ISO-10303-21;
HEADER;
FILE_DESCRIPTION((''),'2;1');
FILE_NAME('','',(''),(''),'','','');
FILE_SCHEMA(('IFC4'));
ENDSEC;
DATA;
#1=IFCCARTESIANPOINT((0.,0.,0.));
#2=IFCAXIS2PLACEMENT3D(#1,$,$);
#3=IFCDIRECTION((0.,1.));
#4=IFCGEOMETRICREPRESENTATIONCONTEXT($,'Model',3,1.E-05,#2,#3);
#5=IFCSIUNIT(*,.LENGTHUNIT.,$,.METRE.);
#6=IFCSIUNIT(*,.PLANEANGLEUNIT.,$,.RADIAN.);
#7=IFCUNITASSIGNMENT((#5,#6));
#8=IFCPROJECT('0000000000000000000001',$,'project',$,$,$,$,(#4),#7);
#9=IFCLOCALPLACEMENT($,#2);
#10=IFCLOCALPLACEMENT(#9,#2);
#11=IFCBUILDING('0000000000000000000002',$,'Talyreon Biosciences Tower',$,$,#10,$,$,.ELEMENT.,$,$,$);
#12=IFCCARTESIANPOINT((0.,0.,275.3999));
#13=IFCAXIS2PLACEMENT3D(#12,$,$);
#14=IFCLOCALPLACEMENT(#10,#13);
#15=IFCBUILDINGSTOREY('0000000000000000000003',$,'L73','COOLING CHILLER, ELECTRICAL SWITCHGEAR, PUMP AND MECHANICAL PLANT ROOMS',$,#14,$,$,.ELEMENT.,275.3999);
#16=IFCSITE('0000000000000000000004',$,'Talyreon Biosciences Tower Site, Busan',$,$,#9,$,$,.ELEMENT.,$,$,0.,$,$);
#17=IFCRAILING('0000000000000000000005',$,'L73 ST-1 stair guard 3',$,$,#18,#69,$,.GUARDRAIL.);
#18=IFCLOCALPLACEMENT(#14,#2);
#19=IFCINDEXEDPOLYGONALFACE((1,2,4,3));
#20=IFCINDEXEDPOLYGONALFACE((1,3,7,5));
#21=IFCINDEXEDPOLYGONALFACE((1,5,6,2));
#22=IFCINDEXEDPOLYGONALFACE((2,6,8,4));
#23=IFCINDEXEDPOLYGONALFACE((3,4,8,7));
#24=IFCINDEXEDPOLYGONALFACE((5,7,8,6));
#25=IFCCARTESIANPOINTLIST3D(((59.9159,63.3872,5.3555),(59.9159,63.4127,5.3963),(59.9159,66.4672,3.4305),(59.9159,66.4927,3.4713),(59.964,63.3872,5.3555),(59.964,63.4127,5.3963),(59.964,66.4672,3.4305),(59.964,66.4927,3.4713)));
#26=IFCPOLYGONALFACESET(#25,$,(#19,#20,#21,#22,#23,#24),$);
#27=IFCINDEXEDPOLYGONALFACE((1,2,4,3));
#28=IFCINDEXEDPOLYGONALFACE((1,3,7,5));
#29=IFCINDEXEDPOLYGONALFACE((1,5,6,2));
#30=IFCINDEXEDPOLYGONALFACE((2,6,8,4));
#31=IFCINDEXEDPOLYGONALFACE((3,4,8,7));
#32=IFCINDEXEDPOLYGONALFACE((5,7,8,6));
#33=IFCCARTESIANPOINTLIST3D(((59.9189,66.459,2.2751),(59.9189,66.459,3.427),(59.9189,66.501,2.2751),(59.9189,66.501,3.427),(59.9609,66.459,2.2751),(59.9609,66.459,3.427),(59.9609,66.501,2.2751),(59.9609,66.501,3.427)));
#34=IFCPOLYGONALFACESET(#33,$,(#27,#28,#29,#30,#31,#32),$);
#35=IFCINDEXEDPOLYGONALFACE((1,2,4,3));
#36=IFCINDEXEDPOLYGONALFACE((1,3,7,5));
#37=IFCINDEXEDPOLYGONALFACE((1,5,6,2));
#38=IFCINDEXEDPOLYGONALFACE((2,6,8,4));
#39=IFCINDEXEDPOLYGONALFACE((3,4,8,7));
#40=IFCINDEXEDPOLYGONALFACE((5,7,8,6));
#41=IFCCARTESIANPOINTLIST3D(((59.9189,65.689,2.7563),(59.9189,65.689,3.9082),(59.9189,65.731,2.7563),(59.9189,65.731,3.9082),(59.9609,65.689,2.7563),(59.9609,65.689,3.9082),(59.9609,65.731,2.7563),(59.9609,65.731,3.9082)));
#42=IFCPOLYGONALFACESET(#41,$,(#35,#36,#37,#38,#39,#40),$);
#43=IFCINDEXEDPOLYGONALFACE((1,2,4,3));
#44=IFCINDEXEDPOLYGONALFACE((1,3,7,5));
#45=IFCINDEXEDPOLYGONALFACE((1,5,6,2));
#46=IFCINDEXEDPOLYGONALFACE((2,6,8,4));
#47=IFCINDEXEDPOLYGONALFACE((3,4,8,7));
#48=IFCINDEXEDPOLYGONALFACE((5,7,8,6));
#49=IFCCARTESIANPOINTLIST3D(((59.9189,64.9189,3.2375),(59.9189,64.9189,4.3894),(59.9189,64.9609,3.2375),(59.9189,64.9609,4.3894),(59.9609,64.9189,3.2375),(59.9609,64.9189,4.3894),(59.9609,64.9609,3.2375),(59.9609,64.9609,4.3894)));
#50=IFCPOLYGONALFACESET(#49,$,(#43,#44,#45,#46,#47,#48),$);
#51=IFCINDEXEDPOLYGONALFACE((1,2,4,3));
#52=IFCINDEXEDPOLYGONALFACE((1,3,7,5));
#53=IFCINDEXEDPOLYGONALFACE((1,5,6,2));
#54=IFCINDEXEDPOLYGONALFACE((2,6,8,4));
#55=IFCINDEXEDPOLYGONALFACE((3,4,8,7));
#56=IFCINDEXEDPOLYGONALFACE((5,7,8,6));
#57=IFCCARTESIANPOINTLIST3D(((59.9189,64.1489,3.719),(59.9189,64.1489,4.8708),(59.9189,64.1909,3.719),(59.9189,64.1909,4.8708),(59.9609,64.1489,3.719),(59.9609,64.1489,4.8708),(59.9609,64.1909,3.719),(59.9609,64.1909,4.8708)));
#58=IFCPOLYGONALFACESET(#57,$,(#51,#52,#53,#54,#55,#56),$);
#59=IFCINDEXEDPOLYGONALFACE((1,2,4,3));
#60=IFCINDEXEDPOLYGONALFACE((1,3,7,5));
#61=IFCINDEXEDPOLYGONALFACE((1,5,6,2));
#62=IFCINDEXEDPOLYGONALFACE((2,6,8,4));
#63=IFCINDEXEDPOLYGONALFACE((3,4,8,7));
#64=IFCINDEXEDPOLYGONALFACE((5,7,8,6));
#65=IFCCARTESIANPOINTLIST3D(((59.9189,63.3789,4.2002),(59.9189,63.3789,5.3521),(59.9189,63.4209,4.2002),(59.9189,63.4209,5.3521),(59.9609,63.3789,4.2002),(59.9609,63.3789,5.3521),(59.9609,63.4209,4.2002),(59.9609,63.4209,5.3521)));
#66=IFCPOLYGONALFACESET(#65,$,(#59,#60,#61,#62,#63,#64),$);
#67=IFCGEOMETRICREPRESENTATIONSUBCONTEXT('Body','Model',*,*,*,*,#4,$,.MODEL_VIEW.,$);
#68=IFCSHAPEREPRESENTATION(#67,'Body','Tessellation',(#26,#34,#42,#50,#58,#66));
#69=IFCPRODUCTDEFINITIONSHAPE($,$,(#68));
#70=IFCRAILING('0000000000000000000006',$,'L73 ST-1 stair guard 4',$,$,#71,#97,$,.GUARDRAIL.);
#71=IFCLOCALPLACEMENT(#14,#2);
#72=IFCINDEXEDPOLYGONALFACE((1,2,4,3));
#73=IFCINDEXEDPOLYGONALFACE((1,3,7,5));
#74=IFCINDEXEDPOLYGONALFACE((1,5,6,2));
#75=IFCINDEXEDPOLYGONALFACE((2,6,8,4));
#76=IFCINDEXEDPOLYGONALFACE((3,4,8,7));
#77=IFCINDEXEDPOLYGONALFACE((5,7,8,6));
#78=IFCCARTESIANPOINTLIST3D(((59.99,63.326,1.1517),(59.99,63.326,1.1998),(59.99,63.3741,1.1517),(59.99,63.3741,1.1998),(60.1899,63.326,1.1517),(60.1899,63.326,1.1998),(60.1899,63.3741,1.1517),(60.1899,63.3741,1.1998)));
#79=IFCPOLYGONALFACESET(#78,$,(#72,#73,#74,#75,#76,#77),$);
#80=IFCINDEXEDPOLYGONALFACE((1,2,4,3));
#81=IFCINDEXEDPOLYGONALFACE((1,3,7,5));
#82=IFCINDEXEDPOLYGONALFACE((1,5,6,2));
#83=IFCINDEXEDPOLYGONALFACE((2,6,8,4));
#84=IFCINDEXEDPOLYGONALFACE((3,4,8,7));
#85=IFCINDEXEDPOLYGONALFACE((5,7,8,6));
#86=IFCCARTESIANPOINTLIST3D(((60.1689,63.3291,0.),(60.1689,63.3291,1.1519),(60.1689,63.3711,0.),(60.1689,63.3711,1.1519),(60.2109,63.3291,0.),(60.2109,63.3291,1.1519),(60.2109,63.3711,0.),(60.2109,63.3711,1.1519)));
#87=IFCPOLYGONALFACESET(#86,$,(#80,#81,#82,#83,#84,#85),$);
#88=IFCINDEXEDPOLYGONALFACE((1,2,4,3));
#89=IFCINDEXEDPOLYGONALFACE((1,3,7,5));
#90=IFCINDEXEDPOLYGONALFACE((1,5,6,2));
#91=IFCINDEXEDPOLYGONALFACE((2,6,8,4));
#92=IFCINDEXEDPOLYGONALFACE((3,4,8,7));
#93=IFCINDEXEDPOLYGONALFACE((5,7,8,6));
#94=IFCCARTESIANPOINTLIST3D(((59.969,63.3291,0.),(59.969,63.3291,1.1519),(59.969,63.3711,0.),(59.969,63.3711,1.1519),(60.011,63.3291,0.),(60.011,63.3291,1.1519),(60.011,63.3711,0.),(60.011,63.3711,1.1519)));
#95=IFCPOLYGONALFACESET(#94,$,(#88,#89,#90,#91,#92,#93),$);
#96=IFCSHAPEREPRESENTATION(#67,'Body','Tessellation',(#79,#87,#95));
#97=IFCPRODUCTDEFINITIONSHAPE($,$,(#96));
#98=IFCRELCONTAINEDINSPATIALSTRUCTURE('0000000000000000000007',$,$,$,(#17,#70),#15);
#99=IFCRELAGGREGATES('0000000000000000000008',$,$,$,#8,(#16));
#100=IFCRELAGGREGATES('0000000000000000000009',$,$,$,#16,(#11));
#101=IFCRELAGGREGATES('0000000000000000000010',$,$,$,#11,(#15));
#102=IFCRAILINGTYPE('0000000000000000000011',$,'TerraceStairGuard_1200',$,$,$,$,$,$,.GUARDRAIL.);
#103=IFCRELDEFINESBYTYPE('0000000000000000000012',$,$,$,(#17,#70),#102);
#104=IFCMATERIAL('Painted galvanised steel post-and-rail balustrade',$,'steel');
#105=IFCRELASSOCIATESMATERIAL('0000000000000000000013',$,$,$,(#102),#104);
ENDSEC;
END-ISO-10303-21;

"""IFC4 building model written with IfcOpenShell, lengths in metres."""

from ifc_helpers import new_model, si_unit, direction, frame, origin, origin_2d, place, context, subcontext, project, spatial, rectangle, extrude, material, type_object, element, save


model = new_model("IFC4")

# Units and contexts
model_context = context("Model", 3, precision=1e-05, world=origin(), true_north=direction((0.0, 1.0)))
body_context = subcontext(model_context, "Body", "Model", "MODEL_VIEW")
ifc_project = project(units=[si_unit("LENGTHUNIT", "METRE"), si_unit("PLANEANGLEUNIT", "RADIAN")], contexts=[model_context])

# Site, building, storey
site_placement = place(None, origin())
site = spatial("IfcSite", under=ifc_project, at=site_placement, Name="Talyreon Biosciences Tower Site, Busan", CompositionType="ELEMENT", RefElevation=0.0)
building_placement = place(site_placement, origin())
building = spatial("IfcBuilding", under=site, at=building_placement, Name="Talyreon Biosciences Tower", CompositionType="ELEMENT")
storey_placement = place(building_placement, frame((0.0, 0.0, 275.3999)))
storey = spatial("IfcBuildingStorey", under=building, at=storey_placement, Name="L73", Description="COOLING CHILLER, ELECTRICAL SWITCHGEAR, PUMP AND MECHANICAL PLANT ROOMS", CompositionType="ELEMENT", Elevation=275.3999)

# Railings
ifc_material_1 = material(Name="Painted galvanised steel post-and-rail balustrade", Category="steel")
railing_type_1 = type_object("IfcRailingType", Name="TerraceStairGuard_1200", PredefinedType="GUARDRAIL", material=ifc_material_1)
railing_1_placement = place(storey_placement, frame((59.9399, 66.48, 2.2751)))
element("IfcRailing", 1, at=railing_1_placement, inside=storey, type_object=railing_type_1, Name="L73 ST-1 stair guard 3", PredefinedType="GUARDRAIL", context=body_context, shape_type="SweptSolid", body=[
    extrude(rectangle(XDim=0.0481, YDim=0.0481, at=origin_2d()), frame((0.0, 0.0, 1.1758), z_axis=(0.0, -0.847998, 0.529999), x_axis=(1.0, 0.0, 0.0)), (0.0, 0.0, 1.0), 3.6321),
    extrude(rectangle(XDim=0.042, YDim=0.042, at=origin_2d()), origin(), (0.0, 0.0, 1.0), 1.1519),
    extrude(rectangle(XDim=0.042, YDim=0.042, at=origin_2d()), frame((0.0, -0.77, 0.4812)), (0.0, 0.0, 1.0), 1.1519),
    extrude(rectangle(XDim=0.042, YDim=0.042, at=origin_2d()), frame((0.0, -1.54, 0.9624)), (0.0, 0.0, 1.0), 1.1519),
    extrude(rectangle(XDim=0.042, YDim=0.042, at=origin_2d()), frame((0.0, -2.3101, 1.4438)), (0.0, 0.0, 1.0), 1.1519),
    extrude(rectangle(XDim=0.042, YDim=0.042, at=origin_2d()), frame((0.0, -3.0801, 1.925)), (0.0, 0.0, 1.0), 1.1519),
])
railing_2_placement = place(storey_placement, frame((60.1899, 63.3501, 0.0)))
element("IfcRailing", 2, at=railing_2_placement, inside=storey, type_object=railing_type_1, Name="L73 ST-1 stair guard 4", PredefinedType="GUARDRAIL", context=body_context, shape_type="SweptSolid", body=[
    extrude(rectangle(XDim=0.0481, YDim=0.0481, at=origin_2d()), frame((0.0, 0.0, 1.1758), z_axis=(-1.0, 0.0, 0.0), x_axis=(0.0, -1.0, 0.0)), (0.0, 0.0, 1.0), 0.2),
    extrude(rectangle(XDim=0.042, YDim=0.042, at=origin_2d()), origin(), (0.0, 0.0, 1.0), 1.1519),
    extrude(rectangle(XDim=0.042, YDim=0.042, at=origin_2d()), frame((-0.2, 0.0, 0.0)), (0.0, 0.0, 1.0), 1.1519),
])

save(model, "model.ifc")
